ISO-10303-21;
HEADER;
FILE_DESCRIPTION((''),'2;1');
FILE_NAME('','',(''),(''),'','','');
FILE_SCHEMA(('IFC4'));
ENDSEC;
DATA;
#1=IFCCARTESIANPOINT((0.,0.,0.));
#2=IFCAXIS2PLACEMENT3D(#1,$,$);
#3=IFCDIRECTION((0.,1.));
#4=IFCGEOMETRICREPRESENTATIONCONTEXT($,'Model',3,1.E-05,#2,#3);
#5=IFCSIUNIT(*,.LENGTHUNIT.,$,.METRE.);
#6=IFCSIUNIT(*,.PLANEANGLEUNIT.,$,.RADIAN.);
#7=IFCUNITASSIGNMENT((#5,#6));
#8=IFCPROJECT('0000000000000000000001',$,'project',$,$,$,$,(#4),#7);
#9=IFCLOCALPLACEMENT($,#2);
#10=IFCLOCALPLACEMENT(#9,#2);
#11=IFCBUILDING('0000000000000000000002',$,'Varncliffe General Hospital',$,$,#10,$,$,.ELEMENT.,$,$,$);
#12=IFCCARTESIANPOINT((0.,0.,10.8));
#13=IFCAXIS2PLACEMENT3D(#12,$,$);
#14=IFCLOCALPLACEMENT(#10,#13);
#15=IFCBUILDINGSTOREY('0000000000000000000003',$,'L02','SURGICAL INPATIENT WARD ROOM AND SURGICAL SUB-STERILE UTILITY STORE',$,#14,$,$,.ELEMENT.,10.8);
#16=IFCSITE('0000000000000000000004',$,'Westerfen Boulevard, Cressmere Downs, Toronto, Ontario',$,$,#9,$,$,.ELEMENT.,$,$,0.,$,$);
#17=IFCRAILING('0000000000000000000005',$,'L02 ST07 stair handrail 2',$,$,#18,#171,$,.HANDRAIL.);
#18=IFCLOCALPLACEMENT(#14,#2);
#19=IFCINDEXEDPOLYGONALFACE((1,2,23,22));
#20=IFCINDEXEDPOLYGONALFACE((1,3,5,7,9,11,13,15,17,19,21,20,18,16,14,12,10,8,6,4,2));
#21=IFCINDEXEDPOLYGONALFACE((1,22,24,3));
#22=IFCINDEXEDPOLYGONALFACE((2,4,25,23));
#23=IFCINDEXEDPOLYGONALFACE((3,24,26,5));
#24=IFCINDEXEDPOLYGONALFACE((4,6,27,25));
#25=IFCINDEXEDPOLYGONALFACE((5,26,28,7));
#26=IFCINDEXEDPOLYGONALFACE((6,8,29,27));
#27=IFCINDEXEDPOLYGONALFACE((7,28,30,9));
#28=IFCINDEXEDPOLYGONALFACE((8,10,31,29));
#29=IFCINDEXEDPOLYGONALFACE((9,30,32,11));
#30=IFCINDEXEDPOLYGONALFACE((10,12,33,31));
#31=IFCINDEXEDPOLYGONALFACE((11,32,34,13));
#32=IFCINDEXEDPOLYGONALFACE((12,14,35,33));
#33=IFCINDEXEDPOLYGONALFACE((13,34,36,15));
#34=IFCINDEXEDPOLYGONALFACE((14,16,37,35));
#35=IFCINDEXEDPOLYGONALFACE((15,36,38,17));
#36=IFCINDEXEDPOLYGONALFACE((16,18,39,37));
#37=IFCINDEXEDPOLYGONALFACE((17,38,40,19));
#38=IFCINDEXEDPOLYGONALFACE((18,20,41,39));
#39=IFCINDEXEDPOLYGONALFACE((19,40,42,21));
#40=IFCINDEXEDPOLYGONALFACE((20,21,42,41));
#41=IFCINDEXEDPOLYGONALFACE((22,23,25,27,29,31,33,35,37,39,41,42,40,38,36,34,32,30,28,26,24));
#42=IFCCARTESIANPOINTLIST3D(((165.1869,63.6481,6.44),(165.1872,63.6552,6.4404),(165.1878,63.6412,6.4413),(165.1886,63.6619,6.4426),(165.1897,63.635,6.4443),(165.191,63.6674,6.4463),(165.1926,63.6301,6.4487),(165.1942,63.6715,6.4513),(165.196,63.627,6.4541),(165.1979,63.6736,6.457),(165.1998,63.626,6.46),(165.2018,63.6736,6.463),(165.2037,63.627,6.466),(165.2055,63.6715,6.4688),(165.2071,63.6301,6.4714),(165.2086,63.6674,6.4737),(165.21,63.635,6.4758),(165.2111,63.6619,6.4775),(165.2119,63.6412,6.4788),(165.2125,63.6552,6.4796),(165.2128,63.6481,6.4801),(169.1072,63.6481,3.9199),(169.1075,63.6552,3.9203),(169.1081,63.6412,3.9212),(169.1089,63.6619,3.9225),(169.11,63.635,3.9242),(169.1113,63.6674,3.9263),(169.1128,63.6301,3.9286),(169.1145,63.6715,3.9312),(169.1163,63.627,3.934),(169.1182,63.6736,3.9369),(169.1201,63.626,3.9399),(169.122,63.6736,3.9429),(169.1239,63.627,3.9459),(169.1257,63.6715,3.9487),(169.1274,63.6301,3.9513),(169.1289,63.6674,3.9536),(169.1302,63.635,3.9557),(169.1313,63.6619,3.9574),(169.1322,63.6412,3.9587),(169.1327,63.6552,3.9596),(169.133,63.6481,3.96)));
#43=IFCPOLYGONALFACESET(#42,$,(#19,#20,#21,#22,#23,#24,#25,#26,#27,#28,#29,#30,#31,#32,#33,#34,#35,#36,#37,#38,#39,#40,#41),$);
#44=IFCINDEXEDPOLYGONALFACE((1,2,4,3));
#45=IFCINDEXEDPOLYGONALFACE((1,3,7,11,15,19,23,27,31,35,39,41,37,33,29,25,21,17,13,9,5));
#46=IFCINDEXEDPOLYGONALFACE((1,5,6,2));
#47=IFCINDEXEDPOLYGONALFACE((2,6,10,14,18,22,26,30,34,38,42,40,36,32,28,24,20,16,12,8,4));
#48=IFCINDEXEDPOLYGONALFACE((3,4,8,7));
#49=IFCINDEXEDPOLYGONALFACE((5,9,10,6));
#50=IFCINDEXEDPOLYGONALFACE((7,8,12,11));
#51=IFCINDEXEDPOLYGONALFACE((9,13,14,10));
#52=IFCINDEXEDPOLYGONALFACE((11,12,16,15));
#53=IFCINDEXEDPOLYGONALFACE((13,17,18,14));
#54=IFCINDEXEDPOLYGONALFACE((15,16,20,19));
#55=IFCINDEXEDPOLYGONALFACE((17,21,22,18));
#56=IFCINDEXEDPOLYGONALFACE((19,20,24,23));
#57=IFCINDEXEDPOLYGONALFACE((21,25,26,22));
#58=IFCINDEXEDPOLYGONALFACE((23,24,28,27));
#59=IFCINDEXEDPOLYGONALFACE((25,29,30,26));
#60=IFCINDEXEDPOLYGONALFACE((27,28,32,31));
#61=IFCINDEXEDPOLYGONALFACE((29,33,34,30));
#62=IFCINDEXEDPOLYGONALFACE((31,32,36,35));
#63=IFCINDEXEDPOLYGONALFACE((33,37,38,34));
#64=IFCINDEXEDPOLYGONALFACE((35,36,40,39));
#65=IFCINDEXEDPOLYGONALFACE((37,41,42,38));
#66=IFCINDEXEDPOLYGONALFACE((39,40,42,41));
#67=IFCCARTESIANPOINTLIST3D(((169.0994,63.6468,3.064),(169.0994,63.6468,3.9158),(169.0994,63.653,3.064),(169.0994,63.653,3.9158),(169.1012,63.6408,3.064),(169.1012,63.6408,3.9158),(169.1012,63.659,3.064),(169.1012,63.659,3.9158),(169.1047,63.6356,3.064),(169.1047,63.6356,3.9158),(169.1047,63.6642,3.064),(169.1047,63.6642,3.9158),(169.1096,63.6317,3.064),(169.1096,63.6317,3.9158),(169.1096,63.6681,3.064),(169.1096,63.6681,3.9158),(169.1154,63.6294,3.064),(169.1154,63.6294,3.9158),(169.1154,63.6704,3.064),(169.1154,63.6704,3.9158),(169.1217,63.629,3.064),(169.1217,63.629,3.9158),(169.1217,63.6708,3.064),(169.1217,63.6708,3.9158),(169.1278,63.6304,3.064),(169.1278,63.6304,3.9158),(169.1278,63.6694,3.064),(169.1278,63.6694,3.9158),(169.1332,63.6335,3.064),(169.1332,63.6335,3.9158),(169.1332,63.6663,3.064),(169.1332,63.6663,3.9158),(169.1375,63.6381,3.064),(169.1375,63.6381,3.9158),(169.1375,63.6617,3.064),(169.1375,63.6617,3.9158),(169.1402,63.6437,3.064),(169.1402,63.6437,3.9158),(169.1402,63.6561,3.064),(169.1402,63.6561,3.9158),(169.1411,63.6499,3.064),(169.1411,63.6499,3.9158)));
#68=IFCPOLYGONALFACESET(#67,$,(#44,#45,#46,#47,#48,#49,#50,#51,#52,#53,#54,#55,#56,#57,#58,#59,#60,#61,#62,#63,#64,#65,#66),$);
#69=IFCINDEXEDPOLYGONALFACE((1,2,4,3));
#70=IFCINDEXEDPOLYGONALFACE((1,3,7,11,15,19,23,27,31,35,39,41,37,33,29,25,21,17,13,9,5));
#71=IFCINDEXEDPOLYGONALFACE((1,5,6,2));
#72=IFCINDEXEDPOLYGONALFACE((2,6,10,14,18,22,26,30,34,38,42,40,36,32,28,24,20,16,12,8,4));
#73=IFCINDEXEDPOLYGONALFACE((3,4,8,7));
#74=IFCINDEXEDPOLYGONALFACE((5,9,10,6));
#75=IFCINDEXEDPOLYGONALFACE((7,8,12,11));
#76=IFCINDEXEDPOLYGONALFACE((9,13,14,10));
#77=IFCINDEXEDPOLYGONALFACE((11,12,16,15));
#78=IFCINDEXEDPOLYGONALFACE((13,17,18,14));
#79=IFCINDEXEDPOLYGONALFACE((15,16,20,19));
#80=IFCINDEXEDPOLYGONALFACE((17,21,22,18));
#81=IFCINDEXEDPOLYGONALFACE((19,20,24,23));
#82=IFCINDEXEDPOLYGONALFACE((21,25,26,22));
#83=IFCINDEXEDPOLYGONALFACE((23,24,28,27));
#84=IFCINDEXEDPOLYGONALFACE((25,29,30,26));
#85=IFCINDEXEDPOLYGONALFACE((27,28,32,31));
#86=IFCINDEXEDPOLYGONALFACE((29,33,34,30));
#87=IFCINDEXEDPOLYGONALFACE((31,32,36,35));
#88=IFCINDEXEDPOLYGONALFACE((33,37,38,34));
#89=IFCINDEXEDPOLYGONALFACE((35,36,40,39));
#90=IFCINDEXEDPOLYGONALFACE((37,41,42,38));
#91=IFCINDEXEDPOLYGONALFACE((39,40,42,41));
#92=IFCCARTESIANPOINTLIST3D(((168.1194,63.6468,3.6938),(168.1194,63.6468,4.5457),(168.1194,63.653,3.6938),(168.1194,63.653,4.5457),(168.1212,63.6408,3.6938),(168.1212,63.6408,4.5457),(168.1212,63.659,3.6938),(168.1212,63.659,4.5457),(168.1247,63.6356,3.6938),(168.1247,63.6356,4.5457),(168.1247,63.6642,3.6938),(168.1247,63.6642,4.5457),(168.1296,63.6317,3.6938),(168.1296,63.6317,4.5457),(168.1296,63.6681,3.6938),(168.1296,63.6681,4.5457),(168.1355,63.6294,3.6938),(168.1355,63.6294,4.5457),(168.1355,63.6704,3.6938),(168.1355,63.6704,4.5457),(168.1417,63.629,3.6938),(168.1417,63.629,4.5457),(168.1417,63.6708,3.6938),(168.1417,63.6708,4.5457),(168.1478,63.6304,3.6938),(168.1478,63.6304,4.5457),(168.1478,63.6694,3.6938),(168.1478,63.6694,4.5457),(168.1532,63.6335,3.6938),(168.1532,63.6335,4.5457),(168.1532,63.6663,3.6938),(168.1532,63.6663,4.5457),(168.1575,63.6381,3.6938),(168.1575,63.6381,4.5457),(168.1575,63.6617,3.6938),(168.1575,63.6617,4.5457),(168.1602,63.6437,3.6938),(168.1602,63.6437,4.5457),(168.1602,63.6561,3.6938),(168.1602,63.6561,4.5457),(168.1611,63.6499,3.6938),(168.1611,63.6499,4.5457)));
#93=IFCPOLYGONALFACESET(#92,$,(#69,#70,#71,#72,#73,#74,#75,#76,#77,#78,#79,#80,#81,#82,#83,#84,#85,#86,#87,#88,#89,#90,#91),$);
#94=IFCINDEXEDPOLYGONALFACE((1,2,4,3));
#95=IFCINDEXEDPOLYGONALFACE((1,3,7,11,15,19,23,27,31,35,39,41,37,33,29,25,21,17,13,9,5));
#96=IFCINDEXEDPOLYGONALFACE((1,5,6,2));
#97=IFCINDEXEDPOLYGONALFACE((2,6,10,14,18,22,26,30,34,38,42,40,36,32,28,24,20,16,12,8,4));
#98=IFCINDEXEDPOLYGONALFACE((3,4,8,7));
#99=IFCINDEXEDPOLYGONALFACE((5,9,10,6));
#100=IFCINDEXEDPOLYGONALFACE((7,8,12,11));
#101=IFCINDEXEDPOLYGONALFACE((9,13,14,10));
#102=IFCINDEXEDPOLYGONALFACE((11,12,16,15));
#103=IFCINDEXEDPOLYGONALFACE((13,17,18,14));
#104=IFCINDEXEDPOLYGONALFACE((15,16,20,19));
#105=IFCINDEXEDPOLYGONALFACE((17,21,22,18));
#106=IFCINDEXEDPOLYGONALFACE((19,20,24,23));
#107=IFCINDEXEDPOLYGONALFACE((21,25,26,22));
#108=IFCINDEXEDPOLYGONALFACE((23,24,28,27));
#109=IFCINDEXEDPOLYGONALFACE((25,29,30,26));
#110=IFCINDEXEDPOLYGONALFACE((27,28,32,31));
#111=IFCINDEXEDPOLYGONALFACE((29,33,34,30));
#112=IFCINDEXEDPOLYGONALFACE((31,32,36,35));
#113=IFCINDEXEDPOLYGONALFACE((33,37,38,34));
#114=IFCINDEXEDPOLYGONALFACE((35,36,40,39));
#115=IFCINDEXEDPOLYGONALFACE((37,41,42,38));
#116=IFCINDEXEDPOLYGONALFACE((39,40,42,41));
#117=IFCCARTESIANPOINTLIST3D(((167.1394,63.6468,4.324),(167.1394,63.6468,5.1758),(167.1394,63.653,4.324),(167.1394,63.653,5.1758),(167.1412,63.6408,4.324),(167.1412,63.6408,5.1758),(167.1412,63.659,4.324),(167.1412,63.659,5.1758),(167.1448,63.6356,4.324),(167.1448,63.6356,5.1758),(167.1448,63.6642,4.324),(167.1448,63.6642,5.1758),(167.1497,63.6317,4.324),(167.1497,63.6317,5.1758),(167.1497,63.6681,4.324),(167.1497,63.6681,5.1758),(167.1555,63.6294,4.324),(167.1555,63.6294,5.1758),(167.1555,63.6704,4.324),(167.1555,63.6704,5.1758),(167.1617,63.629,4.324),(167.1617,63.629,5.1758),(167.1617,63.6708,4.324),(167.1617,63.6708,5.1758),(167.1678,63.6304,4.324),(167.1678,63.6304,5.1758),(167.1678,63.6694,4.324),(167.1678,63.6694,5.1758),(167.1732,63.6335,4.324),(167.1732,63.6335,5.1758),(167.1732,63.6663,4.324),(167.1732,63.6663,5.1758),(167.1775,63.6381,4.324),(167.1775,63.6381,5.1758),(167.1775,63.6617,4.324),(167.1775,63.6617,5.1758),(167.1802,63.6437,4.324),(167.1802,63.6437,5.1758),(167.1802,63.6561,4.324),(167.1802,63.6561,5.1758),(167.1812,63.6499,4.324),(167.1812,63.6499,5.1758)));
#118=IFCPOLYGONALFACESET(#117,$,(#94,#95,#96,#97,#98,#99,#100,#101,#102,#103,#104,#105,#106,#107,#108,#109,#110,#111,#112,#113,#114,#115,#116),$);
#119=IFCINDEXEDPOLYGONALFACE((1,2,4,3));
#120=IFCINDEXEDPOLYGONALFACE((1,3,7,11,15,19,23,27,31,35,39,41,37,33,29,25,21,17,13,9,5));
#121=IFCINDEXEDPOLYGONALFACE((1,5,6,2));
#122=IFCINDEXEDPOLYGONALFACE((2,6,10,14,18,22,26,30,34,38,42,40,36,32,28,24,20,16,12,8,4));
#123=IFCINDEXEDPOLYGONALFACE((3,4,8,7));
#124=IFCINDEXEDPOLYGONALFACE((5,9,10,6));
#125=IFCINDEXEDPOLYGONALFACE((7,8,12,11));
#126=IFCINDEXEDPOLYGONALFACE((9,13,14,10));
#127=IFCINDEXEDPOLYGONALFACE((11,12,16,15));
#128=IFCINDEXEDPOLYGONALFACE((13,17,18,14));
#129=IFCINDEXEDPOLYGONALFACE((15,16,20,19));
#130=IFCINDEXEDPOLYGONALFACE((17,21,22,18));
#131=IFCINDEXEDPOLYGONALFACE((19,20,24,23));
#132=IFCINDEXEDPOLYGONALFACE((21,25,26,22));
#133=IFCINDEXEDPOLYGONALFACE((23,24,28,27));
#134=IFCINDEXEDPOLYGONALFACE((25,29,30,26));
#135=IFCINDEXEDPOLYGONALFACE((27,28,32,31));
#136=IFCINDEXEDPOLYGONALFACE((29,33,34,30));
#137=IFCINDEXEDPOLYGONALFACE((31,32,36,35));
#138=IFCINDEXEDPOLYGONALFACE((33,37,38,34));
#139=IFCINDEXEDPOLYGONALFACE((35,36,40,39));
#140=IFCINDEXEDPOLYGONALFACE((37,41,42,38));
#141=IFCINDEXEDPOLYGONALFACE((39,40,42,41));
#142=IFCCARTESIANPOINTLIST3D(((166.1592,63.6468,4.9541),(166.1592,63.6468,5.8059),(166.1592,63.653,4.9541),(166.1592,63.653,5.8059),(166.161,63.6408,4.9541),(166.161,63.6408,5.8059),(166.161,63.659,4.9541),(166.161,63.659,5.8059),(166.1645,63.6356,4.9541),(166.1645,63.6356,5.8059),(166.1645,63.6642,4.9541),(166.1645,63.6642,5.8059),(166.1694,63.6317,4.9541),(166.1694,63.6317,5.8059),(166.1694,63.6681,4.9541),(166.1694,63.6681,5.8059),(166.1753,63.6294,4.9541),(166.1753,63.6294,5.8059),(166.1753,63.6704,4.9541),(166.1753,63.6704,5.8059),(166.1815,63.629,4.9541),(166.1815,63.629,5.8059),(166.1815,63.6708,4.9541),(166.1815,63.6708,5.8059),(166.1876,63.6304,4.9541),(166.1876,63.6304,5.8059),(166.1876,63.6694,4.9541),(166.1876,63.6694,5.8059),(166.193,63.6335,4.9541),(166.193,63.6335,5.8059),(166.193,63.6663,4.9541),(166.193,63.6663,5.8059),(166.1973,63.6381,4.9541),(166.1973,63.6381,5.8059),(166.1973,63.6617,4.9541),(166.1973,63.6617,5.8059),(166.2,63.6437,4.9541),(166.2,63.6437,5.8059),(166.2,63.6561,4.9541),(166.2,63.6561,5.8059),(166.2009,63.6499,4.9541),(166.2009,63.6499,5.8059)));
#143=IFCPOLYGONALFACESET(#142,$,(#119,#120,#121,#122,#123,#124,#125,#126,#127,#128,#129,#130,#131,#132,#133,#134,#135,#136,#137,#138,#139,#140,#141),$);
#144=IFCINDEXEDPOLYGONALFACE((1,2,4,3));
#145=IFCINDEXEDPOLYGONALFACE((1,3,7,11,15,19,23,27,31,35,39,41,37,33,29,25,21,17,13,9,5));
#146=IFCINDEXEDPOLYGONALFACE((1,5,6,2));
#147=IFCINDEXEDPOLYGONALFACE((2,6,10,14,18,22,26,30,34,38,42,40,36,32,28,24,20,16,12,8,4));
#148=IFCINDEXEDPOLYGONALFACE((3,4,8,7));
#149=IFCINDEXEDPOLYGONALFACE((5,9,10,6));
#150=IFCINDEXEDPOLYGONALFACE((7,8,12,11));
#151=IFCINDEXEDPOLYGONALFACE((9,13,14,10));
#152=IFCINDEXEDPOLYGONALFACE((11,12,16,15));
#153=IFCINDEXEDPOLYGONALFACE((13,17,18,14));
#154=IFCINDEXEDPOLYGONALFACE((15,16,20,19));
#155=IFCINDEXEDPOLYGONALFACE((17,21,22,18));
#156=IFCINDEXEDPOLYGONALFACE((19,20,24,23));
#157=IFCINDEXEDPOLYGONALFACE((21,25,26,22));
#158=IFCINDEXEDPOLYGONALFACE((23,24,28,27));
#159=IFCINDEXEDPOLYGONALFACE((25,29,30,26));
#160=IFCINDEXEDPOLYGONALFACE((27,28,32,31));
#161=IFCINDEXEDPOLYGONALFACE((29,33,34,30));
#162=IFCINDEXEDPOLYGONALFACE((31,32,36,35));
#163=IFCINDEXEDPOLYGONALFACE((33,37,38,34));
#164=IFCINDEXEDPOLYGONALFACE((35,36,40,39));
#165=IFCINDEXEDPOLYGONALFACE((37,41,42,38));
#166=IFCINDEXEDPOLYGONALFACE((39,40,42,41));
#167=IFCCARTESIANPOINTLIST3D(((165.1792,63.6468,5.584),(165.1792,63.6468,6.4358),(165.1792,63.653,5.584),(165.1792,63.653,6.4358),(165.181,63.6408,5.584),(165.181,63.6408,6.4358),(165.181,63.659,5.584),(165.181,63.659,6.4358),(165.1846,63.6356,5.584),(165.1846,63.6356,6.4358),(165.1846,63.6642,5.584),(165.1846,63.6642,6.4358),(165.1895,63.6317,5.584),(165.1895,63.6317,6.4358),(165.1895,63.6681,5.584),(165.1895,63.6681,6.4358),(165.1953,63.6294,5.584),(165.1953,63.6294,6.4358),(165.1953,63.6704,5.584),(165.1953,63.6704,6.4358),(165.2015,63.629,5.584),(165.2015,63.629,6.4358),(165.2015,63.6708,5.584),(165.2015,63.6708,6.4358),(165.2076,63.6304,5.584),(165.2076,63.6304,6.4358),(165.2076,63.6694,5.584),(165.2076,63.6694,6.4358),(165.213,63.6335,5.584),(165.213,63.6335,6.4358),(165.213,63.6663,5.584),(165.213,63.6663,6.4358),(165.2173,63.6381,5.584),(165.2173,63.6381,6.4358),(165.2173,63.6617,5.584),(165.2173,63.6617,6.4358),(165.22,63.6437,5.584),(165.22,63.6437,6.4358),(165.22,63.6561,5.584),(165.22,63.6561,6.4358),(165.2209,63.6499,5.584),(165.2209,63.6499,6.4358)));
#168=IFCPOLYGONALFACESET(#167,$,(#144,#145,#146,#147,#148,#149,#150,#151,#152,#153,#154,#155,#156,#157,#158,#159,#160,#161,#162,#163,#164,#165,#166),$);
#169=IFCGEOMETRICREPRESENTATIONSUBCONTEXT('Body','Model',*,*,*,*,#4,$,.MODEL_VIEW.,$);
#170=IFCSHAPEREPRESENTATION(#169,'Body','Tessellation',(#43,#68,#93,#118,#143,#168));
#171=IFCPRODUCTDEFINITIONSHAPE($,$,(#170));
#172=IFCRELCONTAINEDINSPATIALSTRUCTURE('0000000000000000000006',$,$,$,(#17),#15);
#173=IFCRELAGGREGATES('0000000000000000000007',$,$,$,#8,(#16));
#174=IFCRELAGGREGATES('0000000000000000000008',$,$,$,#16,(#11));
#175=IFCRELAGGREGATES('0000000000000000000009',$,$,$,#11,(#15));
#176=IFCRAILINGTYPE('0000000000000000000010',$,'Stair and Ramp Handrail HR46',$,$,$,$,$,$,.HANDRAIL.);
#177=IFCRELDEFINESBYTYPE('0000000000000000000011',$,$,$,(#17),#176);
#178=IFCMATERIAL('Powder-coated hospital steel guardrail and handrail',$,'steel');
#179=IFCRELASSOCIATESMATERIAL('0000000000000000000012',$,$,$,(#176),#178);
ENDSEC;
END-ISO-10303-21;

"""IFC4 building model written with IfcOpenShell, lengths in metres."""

from ifc_helpers import new_model, si_unit, direction, frame, origin, origin_2d, place, context, subcontext, project, spatial, circle, extrude, material, type_object, element, save


model = new_model("IFC4")

# Units and contexts
model_context = context("Model", 3, precision=1e-05, world=origin(), true_north=direction((0.0, 1.0)))
body_context = subcontext(model_context, "Body", "Model", "MODEL_VIEW")
ifc_project = project(units=[si_unit("LENGTHUNIT", "METRE"), si_unit("PLANEANGLEUNIT", "RADIAN")], contexts=[model_context])

# Site, building, storey
site_placement = place(None, origin())
site = spatial("IfcSite", under=ifc_project, at=site_placement, Name="Westerfen Boulevard, Cressmere Downs, Toronto, Ontario", CompositionType="ELEMENT", RefElevation=0.0)
building_placement = place(site_placement, origin())
building = spatial("IfcBuilding", under=site, at=building_placement, Name="Varncliffe General Hospital", CompositionType="ELEMENT")
storey_placement = place(building_placement, frame((0.0, 0.0, 10.8)))
storey = spatial("IfcBuildingStorey", under=building, at=storey_placement, Name="L02", Description="SURGICAL INPATIENT WARD ROOM AND SURGICAL SUB-STERILE UTILITY STORE", CompositionType="ELEMENT", Elevation=10.8)

# Railing
ifc_material_1 = material(Name="Powder-coated hospital steel guardrail and handrail", Category="steel")
railing_type_1 = type_object("IfcRailingType", Name="Stair and Ramp Handrail HR46", PredefinedType="HANDRAIL", material=ifc_material_1)
railing_1_placement = place(storey_placement, frame((169.1201, 63.6499, 3.064)))
element("IfcRailing", 1, at=railing_1_placement, inside=storey, type_object=railing_type_1, Name="L02 ST07 stair handrail 2", PredefinedType="HANDRAIL", context=body_context, shape_type="SweptSolid", body=[
    extrude(circle(Radius=0.0239, at=origin_2d()), frame((0.0, 0.0, 0.876), z_axis=(-0.841187, 0.0, 0.540744), x_axis=(0.0, -1.0, 0.0)), (0.0, 0.0, 1.0), 4.6604),
    extrude(circle(Radius=0.021, at=origin_2d()), origin(), (0.0, 0.0, 1.0), 0.8518),
    extrude(circle(Radius=0.021, at=origin_2d()), frame((-0.98, 0.0, 0.6299)), (0.0, 0.0, 1.0), 0.8518),
    extrude(circle(Radius=0.021, at=origin_2d()), frame((-1.96, 0.0, 1.26)), (0.0, 0.0, 1.0), 0.8518),
    extrude(circle(Radius=0.021, at=origin_2d()), frame((-2.9402, 0.0, 1.8901)), (0.0, 0.0, 1.0), 0.8518),
    extrude(circle(Radius=0.021, at=origin_2d()), frame((-3.9202, 0.0, 2.52)), (0.0, 0.0, 1.0), 0.8518),
])

save(model, "model.ifc")
